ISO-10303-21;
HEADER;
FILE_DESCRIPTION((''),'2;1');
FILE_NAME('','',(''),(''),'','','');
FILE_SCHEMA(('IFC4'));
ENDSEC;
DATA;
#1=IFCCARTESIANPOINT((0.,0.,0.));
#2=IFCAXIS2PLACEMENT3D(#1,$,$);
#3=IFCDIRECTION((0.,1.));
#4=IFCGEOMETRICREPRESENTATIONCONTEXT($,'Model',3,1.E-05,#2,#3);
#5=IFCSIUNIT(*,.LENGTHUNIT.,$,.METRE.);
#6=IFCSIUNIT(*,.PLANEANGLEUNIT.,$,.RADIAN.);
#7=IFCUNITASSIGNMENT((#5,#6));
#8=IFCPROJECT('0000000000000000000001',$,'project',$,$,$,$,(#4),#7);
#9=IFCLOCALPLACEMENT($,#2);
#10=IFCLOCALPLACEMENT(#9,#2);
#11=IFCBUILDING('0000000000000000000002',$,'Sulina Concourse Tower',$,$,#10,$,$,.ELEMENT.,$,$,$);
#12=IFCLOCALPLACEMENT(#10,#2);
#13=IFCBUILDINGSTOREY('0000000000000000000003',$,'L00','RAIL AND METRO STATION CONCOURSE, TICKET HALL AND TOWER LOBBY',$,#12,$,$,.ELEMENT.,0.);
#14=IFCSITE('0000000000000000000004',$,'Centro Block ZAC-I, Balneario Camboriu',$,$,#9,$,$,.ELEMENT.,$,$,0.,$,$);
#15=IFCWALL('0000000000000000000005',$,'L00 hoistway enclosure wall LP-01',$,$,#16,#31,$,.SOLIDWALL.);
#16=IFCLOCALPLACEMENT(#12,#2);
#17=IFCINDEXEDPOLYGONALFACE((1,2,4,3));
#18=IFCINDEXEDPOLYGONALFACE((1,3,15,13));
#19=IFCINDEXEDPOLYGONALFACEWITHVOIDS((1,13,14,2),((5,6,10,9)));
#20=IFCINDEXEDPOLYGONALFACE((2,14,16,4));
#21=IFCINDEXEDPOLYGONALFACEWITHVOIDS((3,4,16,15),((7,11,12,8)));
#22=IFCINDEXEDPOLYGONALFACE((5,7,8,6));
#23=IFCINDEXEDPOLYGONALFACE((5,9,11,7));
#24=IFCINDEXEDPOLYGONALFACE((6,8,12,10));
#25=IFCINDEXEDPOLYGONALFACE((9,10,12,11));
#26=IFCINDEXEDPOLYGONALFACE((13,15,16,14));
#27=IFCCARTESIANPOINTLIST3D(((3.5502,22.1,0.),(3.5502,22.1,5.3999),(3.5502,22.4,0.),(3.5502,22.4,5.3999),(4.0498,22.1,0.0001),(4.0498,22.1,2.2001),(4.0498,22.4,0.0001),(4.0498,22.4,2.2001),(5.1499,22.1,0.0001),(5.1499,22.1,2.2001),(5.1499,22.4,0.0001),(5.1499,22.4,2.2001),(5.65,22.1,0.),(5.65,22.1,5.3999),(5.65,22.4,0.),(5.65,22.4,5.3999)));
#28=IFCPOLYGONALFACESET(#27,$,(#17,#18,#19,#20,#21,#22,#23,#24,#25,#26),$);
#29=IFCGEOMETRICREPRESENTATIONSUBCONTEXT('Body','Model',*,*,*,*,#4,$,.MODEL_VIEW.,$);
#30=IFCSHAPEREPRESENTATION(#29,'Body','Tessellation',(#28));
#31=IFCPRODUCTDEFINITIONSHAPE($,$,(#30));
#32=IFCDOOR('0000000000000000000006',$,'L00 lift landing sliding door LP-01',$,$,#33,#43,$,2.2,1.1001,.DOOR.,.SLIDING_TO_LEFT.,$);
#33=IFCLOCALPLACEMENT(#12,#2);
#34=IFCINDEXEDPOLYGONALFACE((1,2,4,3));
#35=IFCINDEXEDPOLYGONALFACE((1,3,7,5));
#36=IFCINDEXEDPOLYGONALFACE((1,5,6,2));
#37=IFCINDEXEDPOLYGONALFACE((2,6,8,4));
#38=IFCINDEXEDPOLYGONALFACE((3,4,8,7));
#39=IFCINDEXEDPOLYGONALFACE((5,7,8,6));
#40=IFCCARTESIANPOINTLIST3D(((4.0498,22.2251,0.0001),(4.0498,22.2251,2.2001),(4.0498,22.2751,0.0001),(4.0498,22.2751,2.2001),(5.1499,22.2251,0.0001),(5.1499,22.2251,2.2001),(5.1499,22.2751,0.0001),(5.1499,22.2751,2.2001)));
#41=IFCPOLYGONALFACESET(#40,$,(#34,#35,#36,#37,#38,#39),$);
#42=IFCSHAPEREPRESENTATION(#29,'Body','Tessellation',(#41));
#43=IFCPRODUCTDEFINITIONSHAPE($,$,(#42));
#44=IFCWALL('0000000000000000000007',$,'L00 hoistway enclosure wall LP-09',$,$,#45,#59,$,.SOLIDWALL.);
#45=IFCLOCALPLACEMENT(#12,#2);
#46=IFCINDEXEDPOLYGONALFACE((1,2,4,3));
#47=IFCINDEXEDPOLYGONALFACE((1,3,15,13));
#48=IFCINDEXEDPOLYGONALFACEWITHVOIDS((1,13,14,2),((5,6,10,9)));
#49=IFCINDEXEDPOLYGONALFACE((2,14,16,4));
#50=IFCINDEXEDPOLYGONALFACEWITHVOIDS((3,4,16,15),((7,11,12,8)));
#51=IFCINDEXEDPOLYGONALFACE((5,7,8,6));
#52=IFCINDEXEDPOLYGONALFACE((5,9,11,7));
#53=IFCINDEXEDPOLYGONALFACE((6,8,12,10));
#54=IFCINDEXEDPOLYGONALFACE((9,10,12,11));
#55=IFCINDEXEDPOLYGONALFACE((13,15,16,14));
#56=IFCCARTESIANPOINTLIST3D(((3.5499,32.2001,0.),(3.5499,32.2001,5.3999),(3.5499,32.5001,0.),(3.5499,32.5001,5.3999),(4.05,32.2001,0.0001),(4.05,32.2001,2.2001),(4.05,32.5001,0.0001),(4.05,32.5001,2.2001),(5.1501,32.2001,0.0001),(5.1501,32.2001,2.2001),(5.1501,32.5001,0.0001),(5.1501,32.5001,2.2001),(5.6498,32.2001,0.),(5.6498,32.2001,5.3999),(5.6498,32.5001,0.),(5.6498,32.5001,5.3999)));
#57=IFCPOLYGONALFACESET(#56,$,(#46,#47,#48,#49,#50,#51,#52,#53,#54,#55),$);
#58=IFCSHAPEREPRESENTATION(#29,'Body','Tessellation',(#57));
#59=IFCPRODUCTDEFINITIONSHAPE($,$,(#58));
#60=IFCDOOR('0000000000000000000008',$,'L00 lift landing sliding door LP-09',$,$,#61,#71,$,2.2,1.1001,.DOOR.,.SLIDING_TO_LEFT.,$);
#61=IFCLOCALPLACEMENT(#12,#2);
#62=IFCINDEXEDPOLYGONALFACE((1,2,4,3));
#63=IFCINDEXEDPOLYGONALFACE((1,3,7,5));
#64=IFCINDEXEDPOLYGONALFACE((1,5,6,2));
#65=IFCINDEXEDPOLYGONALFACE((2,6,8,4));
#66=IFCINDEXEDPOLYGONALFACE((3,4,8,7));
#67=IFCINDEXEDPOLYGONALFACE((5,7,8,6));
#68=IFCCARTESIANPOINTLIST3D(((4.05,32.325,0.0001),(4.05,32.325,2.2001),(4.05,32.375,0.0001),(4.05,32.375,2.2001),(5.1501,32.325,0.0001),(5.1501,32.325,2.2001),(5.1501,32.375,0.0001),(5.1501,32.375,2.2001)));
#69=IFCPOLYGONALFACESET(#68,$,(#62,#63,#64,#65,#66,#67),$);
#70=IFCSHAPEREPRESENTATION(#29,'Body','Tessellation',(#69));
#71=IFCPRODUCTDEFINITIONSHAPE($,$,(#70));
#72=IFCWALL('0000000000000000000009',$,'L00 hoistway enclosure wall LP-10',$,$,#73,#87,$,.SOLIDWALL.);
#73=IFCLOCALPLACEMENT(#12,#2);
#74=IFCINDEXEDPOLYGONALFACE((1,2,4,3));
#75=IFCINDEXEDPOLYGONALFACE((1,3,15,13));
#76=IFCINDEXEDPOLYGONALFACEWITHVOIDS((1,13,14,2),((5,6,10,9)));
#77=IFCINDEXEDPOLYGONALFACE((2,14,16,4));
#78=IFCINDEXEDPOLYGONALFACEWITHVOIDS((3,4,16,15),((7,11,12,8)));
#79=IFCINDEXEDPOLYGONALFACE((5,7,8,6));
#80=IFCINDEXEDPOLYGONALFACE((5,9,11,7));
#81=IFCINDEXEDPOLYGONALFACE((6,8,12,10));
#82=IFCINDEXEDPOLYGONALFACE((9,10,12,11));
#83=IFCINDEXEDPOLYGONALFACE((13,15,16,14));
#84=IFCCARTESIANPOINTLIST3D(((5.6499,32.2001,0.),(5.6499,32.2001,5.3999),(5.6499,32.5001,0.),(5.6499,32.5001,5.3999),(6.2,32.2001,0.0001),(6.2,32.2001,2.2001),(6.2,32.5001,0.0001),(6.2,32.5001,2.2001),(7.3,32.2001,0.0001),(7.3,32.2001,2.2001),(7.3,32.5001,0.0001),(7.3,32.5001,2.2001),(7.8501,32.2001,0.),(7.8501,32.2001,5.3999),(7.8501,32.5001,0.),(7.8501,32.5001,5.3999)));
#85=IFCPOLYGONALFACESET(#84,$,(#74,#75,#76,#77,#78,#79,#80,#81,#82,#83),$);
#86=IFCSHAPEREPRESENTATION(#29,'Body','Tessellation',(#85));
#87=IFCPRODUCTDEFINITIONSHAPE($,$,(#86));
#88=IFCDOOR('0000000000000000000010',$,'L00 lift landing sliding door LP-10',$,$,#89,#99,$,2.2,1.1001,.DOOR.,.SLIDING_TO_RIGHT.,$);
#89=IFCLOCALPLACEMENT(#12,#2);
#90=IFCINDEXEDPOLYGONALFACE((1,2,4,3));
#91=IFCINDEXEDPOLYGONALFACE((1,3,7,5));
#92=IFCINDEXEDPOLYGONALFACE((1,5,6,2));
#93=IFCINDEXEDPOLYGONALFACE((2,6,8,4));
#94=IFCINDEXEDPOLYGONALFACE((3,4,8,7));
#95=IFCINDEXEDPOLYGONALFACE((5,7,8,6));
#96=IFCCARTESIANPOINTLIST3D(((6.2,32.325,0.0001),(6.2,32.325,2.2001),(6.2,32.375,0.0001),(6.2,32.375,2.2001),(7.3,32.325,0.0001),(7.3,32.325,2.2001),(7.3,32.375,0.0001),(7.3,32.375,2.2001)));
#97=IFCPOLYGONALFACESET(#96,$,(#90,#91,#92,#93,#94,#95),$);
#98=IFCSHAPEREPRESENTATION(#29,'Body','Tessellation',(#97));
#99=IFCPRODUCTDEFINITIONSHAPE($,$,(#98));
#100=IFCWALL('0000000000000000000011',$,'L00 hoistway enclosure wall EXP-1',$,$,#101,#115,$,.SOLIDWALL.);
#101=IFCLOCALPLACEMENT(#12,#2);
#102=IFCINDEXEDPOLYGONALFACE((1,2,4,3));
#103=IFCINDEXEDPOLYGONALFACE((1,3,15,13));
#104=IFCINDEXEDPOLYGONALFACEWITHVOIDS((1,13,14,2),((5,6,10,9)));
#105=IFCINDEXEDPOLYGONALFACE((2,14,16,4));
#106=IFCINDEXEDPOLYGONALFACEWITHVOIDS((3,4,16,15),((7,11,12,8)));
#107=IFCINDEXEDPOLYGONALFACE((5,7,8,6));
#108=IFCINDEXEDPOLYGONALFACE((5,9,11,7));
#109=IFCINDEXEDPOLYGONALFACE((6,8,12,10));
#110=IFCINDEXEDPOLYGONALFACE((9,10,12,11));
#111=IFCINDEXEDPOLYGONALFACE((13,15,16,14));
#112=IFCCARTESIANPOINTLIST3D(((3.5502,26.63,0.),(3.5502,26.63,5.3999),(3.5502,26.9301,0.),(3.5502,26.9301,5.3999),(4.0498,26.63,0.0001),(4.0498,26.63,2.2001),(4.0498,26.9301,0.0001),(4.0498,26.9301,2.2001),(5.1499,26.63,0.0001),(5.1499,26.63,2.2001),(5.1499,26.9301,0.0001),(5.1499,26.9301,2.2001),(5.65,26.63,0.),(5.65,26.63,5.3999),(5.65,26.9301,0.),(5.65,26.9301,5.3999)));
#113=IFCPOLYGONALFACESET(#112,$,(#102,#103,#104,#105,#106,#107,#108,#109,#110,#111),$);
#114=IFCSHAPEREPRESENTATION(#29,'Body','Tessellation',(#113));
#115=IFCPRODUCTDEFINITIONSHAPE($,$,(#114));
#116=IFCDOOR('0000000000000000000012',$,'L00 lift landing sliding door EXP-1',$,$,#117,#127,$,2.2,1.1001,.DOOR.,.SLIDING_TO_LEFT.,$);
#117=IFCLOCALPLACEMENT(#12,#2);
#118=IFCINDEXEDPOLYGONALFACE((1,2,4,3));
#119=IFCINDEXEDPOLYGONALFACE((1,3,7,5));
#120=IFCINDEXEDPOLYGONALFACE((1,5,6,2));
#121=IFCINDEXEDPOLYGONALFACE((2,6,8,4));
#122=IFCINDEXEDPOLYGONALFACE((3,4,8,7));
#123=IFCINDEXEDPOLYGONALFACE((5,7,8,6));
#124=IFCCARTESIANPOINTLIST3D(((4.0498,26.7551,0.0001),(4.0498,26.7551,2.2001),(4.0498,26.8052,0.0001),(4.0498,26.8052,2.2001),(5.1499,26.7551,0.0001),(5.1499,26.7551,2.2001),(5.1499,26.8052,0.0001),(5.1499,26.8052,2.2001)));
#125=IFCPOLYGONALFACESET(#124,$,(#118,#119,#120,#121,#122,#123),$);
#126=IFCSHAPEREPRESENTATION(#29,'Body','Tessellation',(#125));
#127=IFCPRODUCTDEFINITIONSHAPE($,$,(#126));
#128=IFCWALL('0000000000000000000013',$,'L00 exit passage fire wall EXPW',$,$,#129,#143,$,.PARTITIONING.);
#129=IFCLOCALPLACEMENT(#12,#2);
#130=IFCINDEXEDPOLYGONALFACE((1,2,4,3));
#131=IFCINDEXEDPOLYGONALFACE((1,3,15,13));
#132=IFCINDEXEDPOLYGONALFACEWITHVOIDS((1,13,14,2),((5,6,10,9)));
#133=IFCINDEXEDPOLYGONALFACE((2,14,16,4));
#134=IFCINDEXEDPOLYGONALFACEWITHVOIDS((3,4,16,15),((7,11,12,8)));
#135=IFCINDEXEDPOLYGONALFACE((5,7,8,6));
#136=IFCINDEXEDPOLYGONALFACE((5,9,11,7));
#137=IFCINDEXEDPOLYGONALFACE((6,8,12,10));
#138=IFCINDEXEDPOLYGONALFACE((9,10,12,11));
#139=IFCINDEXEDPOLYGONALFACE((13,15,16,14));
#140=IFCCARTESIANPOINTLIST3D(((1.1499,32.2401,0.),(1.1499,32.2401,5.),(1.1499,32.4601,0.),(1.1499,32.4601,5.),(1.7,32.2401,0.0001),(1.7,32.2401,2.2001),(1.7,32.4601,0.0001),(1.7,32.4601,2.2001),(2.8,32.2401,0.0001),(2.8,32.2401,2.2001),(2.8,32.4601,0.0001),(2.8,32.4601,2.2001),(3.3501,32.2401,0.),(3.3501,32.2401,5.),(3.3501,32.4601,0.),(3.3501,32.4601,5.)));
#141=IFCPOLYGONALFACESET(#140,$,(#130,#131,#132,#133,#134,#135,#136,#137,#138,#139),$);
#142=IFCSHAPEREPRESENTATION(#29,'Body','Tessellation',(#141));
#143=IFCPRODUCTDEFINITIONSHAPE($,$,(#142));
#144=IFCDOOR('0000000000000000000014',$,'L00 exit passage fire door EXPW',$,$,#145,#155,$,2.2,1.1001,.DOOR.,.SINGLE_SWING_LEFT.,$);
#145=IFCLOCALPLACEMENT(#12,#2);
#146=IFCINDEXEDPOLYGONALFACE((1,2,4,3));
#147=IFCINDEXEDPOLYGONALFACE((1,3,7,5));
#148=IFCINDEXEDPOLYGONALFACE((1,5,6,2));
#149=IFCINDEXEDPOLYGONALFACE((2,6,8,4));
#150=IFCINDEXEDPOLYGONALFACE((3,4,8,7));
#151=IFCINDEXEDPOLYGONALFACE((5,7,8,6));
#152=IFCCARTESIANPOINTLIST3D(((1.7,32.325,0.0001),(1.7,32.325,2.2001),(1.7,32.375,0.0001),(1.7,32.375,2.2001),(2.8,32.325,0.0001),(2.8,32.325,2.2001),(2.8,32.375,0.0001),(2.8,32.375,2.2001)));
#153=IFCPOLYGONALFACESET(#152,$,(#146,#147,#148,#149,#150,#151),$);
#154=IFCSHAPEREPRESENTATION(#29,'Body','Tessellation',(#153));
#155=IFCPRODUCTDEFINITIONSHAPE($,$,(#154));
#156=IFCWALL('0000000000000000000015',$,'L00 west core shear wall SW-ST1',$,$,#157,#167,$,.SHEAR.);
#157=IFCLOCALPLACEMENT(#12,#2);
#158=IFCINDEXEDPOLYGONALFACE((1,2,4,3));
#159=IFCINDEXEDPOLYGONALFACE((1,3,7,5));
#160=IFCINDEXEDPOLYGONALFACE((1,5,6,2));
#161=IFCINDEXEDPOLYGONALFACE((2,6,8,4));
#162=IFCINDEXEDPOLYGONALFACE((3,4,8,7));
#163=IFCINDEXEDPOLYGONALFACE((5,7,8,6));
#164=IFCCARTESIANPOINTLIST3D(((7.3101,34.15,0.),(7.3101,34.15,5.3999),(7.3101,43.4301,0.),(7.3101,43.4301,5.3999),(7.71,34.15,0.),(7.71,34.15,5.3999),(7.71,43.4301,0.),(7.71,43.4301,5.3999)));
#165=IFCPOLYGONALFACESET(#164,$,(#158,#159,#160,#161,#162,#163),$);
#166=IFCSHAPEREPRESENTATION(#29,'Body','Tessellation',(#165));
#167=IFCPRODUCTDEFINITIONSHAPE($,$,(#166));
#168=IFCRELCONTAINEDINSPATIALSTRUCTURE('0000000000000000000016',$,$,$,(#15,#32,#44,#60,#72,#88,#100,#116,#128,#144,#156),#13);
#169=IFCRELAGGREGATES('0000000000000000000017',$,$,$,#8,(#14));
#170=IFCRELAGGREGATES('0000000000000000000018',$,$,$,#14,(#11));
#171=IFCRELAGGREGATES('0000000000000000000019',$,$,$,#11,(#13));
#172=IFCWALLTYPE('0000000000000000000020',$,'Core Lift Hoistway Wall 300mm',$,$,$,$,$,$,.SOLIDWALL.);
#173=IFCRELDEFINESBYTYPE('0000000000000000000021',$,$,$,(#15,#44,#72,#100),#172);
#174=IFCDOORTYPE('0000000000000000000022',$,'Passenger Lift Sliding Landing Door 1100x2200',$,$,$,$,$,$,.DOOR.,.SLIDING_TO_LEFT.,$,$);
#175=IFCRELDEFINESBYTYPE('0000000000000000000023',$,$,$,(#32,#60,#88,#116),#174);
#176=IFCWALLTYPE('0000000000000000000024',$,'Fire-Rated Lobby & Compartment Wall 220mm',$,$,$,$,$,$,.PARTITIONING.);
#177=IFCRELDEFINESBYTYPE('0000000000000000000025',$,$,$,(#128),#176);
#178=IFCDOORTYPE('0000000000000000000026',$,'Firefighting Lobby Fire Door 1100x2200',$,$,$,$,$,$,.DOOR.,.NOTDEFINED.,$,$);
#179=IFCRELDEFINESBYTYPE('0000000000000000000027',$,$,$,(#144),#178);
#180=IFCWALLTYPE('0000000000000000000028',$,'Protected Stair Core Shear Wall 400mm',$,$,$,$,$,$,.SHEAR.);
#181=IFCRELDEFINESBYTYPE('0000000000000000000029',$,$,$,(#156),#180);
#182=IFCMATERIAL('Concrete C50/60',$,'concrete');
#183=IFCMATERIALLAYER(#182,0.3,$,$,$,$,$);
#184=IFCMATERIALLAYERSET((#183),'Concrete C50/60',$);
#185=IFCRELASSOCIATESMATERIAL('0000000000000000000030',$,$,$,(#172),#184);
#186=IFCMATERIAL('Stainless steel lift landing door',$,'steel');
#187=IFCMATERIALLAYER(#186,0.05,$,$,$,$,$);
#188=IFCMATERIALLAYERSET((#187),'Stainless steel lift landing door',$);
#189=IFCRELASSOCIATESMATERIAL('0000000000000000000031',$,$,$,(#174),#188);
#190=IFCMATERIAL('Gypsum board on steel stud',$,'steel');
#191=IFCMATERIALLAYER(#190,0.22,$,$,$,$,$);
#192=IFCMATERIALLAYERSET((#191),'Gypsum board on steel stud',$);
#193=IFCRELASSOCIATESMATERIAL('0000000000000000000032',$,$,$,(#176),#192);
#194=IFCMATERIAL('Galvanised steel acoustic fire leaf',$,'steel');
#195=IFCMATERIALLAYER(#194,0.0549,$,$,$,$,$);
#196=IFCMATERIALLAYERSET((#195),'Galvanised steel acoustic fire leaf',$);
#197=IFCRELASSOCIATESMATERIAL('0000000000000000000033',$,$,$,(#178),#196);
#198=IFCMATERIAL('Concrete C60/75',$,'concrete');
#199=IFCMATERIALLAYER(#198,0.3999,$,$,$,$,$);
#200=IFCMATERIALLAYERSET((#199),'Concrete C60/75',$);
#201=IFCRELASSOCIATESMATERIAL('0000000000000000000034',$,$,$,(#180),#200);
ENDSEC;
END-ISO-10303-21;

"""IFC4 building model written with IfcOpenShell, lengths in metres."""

from ifc_helpers import new_model, si_unit, direction, frame, frame_2d, origin, place, context, subcontext, project, spatial, rectangle, extrude, material, layer, layer_set, type_object, element, fill, save


model = new_model("IFC4")

# Units and contexts
model_context = context("Model", 3, precision=1e-05, world=origin(), true_north=direction((0.0, 1.0)))
body_context = subcontext(model_context, "Body", "Model", "MODEL_VIEW")
ifc_project = project(units=[si_unit("LENGTHUNIT", "METRE"), si_unit("PLANEANGLEUNIT", "RADIAN")], contexts=[model_context])

# Site, building, storey
site_placement = place(None, origin())
site = spatial("IfcSite", under=ifc_project, at=site_placement, Name="Centro Block ZAC-I, Balneario Camboriu", CompositionType="ELEMENT", RefElevation=0.0)
building_placement = place(site_placement, origin())
building = spatial("IfcBuilding", under=site, at=building_placement, Name="Sulina Concourse Tower", CompositionType="ELEMENT")
storey_placement = place(building_placement, origin())
storey = spatial("IfcBuildingStorey", under=building, at=storey_placement, Name="L00", Description="RAIL AND METRO STATION CONCOURSE, TICKET HALL AND TOWER LOBBY", CompositionType="ELEMENT", Elevation=0.0)

# Walls, openings, doors
ifc_material_1 = material(Name="Concrete C50/60", Category="concrete")
ifc_layer_1 = layer(ifc_material_1, 0.3)
ifc_layer_set_1 = layer_set([ifc_layer_1], Name="Concrete C50/60")
wall_type_1 = type_object("IfcWallType", Name="Core Lift Hoistway Wall 300mm", PredefinedType="SOLIDWALL", material=ifc_layer_set_1)
wall_1_placement = place(storey_placement, frame((5.6499, 22.25, 0.0), z_axis=(0.0, 0.0, 1.0), x_axis=(-1.0, 0.0, 0.0)))
wall_1 = element("IfcWall", 1, at=wall_1_placement, inside=storey, type_object=wall_type_1, Name="L00 hoistway enclosure wall LP-01", PredefinedType="SOLIDWALL", context=body_context, shape_type="SweptSolid", body=[
    extrude(rectangle(XDim=2.0999, YDim=0.3, at=frame_2d((1.0498, 0.0))), origin(), (0.0, 0.0, 1.0), 5.3999),
])
opening_1_placement = place(wall_1_placement, frame((0.5, 0.0, 0.0)))
opening_1 = element("IfcOpeningElement", 2, at=opening_1_placement, cuts=wall_1, PredefinedType="OPENING", context=body_context, shape_type="SweptSolid", body=[
    extrude(rectangle(XDim=1.1001, YDim=2.2, at=frame_2d((0.55, 1.1001))), frame((0.0, 0.1599, 0.0), z_axis=(0.0, -1.0, 0.0), x_axis=(1.0, 0.0, 0.0)), (0.0, 0.0, 1.0), 0.3201),
])
ifc_material_2 = material(Name="Stainless steel lift landing door", Category="steel")
ifc_layer_2 = layer(ifc_material_2, 0.05)
ifc_layer_set_2 = layer_set([ifc_layer_2], Name="Stainless steel lift landing door")
door_type_1 = type_object("IfcDoorType", Name="Passenger Lift Sliding Landing Door 1100x2200", OperationType="SLIDING_TO_LEFT", PredefinedType="DOOR", material=ifc_layer_set_2)
door_1_placement = place(opening_1_placement, origin())
door_1 = element("IfcDoor", 3, at=door_1_placement, inside=storey, type_object=door_type_1, Name="L00 lift landing sliding door LP-01", OperationType="SLIDING_TO_LEFT", OverallHeight=2.2, OverallWidth=1.1001, PredefinedType="DOOR", context=body_context, shape_type="SweptSolid", body=[
    extrude(rectangle(XDim=1.1001, YDim=2.2, at=frame_2d((0.55, 1.1001))), frame((0.0, 0.0249, 0.0), z_axis=(0.0, -1.0, 0.0), x_axis=(1.0, 0.0, 0.0)), (0.0, 0.0, 1.0), 0.05),
])
fill(opening_1, door_1)
wall_2_placement = place(storey_placement, frame((3.55, 32.3501, 0.0), z_axis=(0.0, 0.0, 1.0), x_axis=(1.0, 0.0, 0.0)))
wall_2 = element("IfcWall", 4, at=wall_2_placement, inside=storey, type_object=wall_type_1, Name="L00 hoistway enclosure wall LP-09", PredefinedType="SOLIDWALL", context=body_context, shape_type="SweptSolid", body=[
    extrude(rectangle(XDim=2.0999, YDim=0.3, at=frame_2d((1.0498, 0.0))), origin(), (0.0, 0.0, 1.0), 5.3999),
])
opening_2_placement = place(wall_2_placement, frame((0.5, 0.0, 0.0)))
opening_2 = element("IfcOpeningElement", 5, at=opening_2_placement, cuts=wall_2, PredefinedType="OPENING", context=body_context, shape_type="SweptSolid", body=[
    extrude(rectangle(XDim=1.1001, YDim=2.2, at=frame_2d((0.55, 1.1001))), frame((0.0, 0.1599, 0.0), z_axis=(0.0, -1.0, 0.0), x_axis=(1.0, 0.0, 0.0)), (0.0, 0.0, 1.0), 0.3201),
])
door_2_placement = place(opening_2_placement, origin())
door_2 = element("IfcDoor", 6, at=door_2_placement, inside=storey, type_object=door_type_1, Name="L00 lift landing sliding door LP-09", OperationType="SLIDING_TO_LEFT", OverallHeight=2.2, OverallWidth=1.1001, PredefinedType="DOOR", context=body_context, shape_type="SweptSolid", body=[
    extrude(rectangle(XDim=1.1001, YDim=2.2, at=frame_2d((0.55, 1.1001))), frame((0.0, 0.0249, 0.0), z_axis=(0.0, -1.0, 0.0), x_axis=(1.0, 0.0, 0.0)), (0.0, 0.0, 1.0), 0.05),
])
fill(opening_2, door_2)
wall_3_placement = place(storey_placement, frame((5.6499, 32.3501, 0.0), z_axis=(0.0, 0.0, 1.0), x_axis=(1.0, 0.0, 0.0)))
wall_3 = element("IfcWall", 7, at=wall_3_placement, inside=storey, type_object=wall_type_1, Name="L00 hoistway enclosure wall LP-10", PredefinedType="SOLIDWALL", context=body_context, shape_type="SweptSolid", body=[
    extrude(rectangle(XDim=2.2002, YDim=0.3, at=frame_2d((1.1001, 0.0))), origin(), (0.0, 0.0, 1.0), 5.3999),
])
opening_3_placement = place(wall_3_placement, frame((0.55, 0.0, 0.0)))
opening_3 = element("IfcOpeningElement", 8, at=opening_3_placement, cuts=wall_3, PredefinedType="OPENING", context=body_context, shape_type="SweptSolid", body=[
    extrude(rectangle(XDim=1.1001, YDim=2.2, at=frame_2d((0.55, 1.1001))), frame((0.0, 0.1599, 0.0), z_axis=(0.0, -1.0, 0.0), x_axis=(1.0, 0.0, 0.0)), (0.0, 0.0, 1.0), 0.3201),
])
door_3_placement = place(opening_3_placement, origin())
door_3 = element("IfcDoor", 9, at=door_3_placement, inside=storey, type_object=door_type_1, Name="L00 lift landing sliding door LP-10", OperationType="SLIDING_TO_RIGHT", OverallHeight=2.2, OverallWidth=1.1001, PredefinedType="DOOR", context=body_context, shape_type="SweptSolid", body=[
    extrude(rectangle(XDim=1.1001, YDim=2.2, at=frame_2d((0.55, 1.1001))), frame((0.0, 0.0249, 0.0), z_axis=(0.0, -1.0, 0.0), x_axis=(1.0, 0.0, 0.0)), (0.0, 0.0, 1.0), 0.05),
])
fill(opening_3, door_3)
wall_4_placement = place(storey_placement, frame((5.6499, 26.78, 0.0), z_axis=(0.0, 0.0, 1.0), x_axis=(-1.0, 0.0, 0.0)))
wall_4 = element("IfcWall", 10, at=wall_4_placement, inside=storey, type_object=wall_type_1, Name="L00 hoistway enclosure wall EXP-1", PredefinedType="SOLIDWALL", context=body_context, shape_type="SweptSolid", body=[
    extrude(rectangle(XDim=2.0999, YDim=0.3, at=frame_2d((1.0498, 0.0))), origin(), (0.0, 0.0, 1.0), 5.3999),
])
opening_4_placement = place(wall_4_placement, frame((0.5, 0.0, 0.0)))
opening_4 = element("IfcOpeningElement", 11, at=opening_4_placement, cuts=wall_4, PredefinedType="OPENING", context=body_context, shape_type="SweptSolid", body=[
    extrude(rectangle(XDim=1.1001, YDim=2.2, at=frame_2d((0.55, 1.1001))), frame((0.0, 0.1599, 0.0), z_axis=(0.0, -1.0, 0.0), x_axis=(1.0, 0.0, 0.0)), (0.0, 0.0, 1.0), 0.3201),
])
door_4_placement = place(opening_4_placement, origin())
door_4 = element("IfcDoor", 12, at=door_4_placement, inside=storey, type_object=door_type_1, Name="L00 lift landing sliding door EXP-1", OperationType="SLIDING_TO_LEFT", OverallHeight=2.2, OverallWidth=1.1001, PredefinedType="DOOR", context=body_context, shape_type="SweptSolid", body=[
    extrude(rectangle(XDim=1.1001, YDim=2.2, at=frame_2d((0.55, 1.1001))), frame((0.0, 0.0249, 0.0), z_axis=(0.0, -1.0, 0.0), x_axis=(1.0, 0.0, 0.0)), (0.0, 0.0, 1.0), 0.05),
])
fill(opening_4, door_4)
ifc_material_3 = material(Name="Gypsum board on steel stud", Category="steel")
ifc_layer_3 = layer(ifc_material_3, 0.22)
ifc_layer_set_3 = layer_set([ifc_layer_3], Name="Gypsum board on steel stud")
wall_type_2 = type_object("IfcWallType", Name="Fire-Rated Lobby & Compartment Wall 220mm", PredefinedType="PARTITIONING", material=ifc_layer_set_3)
wall_5_placement = place(storey_placement, frame((1.1499, 32.3501, 0.0), z_axis=(0.0, 0.0, 1.0), x_axis=(1.0, 0.0, 0.0)))
wall_5 = element("IfcWall", 13, at=wall_5_placement, inside=storey, type_object=wall_type_2, Name="L00 exit passage fire wall EXPW", PredefinedType="PARTITIONING", context=body_context, shape_type="SweptSolid", body=[
    extrude(rectangle(XDim=2.2002, YDim=0.22, at=frame_2d((1.1001, 0.0))), origin(), (0.0, 0.0, 1.0), 5.0),
])
opening_5_placement = place(wall_5_placement, frame((0.55, 0.0, 0.0)))
opening_5 = element("IfcOpeningElement", 14, at=opening_5_placement, cuts=wall_5, PredefinedType="OPENING", context=body_context, shape_type="SweptSolid", body=[
    extrude(rectangle(XDim=1.1001, YDim=2.2, at=frame_2d((0.55, 1.1001))), frame((0.0, 0.1199, 0.0), z_axis=(0.0, -1.0, 0.0), x_axis=(1.0, 0.0, 0.0)), (0.0, 0.0, 1.0), 0.24),
])
ifc_material_4 = material(Name="Galvanised steel acoustic fire leaf", Category="steel")
ifc_layer_4 = layer(ifc_material_4, 0.0549)
ifc_layer_set_4 = layer_set([ifc_layer_4], Name="Galvanised steel acoustic fire leaf")
door_type_2 = type_object("IfcDoorType", Name="Firefighting Lobby Fire Door 1100x2200", OperationType="NOTDEFINED", PredefinedType="DOOR", material=ifc_layer_set_4)
door_5_placement = place(opening_5_placement, origin())
door_5 = element("IfcDoor", 15, at=door_5_placement, inside=storey, type_object=door_type_2, Name="L00 exit passage fire door EXPW", OperationType="SINGLE_SWING_LEFT", OverallHeight=2.2, OverallWidth=1.1001, PredefinedType="DOOR", context=body_context, shape_type="SweptSolid", body=[
    extrude(rectangle(XDim=1.1001, YDim=2.2, at=frame_2d((0.55, 1.1001))), frame((0.0, 0.0249, 0.0), z_axis=(0.0, -1.0, 0.0), x_axis=(1.0, 0.0, 0.0)), (0.0, 0.0, 1.0), 0.05),
])
fill(opening_5, door_5)

# Wall
ifc_material_5 = material(Name="Concrete C60/75", Category="concrete")
ifc_layer_5 = layer(ifc_material_5, 0.3999)
ifc_layer_set_5 = layer_set([ifc_layer_5], Name="Concrete C60/75")
wall_type_3 = type_object("IfcWallType", Name="Protected Stair Core Shear Wall 400mm", PredefinedType="SHEAR", material=ifc_layer_set_5)
wall_6_placement = place(storey_placement, frame((7.51, 34.1499, 0.0), z_axis=(0.0, 0.0, 1.0), x_axis=(0.0, 1.0, 0.0)))
element("IfcWall", 16, at=wall_6_placement, inside=storey, type_object=wall_type_3, Name="L00 west core shear wall SW-ST1", PredefinedType="SHEAR", context=body_context, shape_type="SweptSolid", body=[
    extrude(rectangle(XDim=9.28, YDim=0.3999, at=frame_2d((4.6401, 0.0))), origin(), (0.0, 0.0, 1.0), 5.3999),
])

save(model, "model.ifc")
